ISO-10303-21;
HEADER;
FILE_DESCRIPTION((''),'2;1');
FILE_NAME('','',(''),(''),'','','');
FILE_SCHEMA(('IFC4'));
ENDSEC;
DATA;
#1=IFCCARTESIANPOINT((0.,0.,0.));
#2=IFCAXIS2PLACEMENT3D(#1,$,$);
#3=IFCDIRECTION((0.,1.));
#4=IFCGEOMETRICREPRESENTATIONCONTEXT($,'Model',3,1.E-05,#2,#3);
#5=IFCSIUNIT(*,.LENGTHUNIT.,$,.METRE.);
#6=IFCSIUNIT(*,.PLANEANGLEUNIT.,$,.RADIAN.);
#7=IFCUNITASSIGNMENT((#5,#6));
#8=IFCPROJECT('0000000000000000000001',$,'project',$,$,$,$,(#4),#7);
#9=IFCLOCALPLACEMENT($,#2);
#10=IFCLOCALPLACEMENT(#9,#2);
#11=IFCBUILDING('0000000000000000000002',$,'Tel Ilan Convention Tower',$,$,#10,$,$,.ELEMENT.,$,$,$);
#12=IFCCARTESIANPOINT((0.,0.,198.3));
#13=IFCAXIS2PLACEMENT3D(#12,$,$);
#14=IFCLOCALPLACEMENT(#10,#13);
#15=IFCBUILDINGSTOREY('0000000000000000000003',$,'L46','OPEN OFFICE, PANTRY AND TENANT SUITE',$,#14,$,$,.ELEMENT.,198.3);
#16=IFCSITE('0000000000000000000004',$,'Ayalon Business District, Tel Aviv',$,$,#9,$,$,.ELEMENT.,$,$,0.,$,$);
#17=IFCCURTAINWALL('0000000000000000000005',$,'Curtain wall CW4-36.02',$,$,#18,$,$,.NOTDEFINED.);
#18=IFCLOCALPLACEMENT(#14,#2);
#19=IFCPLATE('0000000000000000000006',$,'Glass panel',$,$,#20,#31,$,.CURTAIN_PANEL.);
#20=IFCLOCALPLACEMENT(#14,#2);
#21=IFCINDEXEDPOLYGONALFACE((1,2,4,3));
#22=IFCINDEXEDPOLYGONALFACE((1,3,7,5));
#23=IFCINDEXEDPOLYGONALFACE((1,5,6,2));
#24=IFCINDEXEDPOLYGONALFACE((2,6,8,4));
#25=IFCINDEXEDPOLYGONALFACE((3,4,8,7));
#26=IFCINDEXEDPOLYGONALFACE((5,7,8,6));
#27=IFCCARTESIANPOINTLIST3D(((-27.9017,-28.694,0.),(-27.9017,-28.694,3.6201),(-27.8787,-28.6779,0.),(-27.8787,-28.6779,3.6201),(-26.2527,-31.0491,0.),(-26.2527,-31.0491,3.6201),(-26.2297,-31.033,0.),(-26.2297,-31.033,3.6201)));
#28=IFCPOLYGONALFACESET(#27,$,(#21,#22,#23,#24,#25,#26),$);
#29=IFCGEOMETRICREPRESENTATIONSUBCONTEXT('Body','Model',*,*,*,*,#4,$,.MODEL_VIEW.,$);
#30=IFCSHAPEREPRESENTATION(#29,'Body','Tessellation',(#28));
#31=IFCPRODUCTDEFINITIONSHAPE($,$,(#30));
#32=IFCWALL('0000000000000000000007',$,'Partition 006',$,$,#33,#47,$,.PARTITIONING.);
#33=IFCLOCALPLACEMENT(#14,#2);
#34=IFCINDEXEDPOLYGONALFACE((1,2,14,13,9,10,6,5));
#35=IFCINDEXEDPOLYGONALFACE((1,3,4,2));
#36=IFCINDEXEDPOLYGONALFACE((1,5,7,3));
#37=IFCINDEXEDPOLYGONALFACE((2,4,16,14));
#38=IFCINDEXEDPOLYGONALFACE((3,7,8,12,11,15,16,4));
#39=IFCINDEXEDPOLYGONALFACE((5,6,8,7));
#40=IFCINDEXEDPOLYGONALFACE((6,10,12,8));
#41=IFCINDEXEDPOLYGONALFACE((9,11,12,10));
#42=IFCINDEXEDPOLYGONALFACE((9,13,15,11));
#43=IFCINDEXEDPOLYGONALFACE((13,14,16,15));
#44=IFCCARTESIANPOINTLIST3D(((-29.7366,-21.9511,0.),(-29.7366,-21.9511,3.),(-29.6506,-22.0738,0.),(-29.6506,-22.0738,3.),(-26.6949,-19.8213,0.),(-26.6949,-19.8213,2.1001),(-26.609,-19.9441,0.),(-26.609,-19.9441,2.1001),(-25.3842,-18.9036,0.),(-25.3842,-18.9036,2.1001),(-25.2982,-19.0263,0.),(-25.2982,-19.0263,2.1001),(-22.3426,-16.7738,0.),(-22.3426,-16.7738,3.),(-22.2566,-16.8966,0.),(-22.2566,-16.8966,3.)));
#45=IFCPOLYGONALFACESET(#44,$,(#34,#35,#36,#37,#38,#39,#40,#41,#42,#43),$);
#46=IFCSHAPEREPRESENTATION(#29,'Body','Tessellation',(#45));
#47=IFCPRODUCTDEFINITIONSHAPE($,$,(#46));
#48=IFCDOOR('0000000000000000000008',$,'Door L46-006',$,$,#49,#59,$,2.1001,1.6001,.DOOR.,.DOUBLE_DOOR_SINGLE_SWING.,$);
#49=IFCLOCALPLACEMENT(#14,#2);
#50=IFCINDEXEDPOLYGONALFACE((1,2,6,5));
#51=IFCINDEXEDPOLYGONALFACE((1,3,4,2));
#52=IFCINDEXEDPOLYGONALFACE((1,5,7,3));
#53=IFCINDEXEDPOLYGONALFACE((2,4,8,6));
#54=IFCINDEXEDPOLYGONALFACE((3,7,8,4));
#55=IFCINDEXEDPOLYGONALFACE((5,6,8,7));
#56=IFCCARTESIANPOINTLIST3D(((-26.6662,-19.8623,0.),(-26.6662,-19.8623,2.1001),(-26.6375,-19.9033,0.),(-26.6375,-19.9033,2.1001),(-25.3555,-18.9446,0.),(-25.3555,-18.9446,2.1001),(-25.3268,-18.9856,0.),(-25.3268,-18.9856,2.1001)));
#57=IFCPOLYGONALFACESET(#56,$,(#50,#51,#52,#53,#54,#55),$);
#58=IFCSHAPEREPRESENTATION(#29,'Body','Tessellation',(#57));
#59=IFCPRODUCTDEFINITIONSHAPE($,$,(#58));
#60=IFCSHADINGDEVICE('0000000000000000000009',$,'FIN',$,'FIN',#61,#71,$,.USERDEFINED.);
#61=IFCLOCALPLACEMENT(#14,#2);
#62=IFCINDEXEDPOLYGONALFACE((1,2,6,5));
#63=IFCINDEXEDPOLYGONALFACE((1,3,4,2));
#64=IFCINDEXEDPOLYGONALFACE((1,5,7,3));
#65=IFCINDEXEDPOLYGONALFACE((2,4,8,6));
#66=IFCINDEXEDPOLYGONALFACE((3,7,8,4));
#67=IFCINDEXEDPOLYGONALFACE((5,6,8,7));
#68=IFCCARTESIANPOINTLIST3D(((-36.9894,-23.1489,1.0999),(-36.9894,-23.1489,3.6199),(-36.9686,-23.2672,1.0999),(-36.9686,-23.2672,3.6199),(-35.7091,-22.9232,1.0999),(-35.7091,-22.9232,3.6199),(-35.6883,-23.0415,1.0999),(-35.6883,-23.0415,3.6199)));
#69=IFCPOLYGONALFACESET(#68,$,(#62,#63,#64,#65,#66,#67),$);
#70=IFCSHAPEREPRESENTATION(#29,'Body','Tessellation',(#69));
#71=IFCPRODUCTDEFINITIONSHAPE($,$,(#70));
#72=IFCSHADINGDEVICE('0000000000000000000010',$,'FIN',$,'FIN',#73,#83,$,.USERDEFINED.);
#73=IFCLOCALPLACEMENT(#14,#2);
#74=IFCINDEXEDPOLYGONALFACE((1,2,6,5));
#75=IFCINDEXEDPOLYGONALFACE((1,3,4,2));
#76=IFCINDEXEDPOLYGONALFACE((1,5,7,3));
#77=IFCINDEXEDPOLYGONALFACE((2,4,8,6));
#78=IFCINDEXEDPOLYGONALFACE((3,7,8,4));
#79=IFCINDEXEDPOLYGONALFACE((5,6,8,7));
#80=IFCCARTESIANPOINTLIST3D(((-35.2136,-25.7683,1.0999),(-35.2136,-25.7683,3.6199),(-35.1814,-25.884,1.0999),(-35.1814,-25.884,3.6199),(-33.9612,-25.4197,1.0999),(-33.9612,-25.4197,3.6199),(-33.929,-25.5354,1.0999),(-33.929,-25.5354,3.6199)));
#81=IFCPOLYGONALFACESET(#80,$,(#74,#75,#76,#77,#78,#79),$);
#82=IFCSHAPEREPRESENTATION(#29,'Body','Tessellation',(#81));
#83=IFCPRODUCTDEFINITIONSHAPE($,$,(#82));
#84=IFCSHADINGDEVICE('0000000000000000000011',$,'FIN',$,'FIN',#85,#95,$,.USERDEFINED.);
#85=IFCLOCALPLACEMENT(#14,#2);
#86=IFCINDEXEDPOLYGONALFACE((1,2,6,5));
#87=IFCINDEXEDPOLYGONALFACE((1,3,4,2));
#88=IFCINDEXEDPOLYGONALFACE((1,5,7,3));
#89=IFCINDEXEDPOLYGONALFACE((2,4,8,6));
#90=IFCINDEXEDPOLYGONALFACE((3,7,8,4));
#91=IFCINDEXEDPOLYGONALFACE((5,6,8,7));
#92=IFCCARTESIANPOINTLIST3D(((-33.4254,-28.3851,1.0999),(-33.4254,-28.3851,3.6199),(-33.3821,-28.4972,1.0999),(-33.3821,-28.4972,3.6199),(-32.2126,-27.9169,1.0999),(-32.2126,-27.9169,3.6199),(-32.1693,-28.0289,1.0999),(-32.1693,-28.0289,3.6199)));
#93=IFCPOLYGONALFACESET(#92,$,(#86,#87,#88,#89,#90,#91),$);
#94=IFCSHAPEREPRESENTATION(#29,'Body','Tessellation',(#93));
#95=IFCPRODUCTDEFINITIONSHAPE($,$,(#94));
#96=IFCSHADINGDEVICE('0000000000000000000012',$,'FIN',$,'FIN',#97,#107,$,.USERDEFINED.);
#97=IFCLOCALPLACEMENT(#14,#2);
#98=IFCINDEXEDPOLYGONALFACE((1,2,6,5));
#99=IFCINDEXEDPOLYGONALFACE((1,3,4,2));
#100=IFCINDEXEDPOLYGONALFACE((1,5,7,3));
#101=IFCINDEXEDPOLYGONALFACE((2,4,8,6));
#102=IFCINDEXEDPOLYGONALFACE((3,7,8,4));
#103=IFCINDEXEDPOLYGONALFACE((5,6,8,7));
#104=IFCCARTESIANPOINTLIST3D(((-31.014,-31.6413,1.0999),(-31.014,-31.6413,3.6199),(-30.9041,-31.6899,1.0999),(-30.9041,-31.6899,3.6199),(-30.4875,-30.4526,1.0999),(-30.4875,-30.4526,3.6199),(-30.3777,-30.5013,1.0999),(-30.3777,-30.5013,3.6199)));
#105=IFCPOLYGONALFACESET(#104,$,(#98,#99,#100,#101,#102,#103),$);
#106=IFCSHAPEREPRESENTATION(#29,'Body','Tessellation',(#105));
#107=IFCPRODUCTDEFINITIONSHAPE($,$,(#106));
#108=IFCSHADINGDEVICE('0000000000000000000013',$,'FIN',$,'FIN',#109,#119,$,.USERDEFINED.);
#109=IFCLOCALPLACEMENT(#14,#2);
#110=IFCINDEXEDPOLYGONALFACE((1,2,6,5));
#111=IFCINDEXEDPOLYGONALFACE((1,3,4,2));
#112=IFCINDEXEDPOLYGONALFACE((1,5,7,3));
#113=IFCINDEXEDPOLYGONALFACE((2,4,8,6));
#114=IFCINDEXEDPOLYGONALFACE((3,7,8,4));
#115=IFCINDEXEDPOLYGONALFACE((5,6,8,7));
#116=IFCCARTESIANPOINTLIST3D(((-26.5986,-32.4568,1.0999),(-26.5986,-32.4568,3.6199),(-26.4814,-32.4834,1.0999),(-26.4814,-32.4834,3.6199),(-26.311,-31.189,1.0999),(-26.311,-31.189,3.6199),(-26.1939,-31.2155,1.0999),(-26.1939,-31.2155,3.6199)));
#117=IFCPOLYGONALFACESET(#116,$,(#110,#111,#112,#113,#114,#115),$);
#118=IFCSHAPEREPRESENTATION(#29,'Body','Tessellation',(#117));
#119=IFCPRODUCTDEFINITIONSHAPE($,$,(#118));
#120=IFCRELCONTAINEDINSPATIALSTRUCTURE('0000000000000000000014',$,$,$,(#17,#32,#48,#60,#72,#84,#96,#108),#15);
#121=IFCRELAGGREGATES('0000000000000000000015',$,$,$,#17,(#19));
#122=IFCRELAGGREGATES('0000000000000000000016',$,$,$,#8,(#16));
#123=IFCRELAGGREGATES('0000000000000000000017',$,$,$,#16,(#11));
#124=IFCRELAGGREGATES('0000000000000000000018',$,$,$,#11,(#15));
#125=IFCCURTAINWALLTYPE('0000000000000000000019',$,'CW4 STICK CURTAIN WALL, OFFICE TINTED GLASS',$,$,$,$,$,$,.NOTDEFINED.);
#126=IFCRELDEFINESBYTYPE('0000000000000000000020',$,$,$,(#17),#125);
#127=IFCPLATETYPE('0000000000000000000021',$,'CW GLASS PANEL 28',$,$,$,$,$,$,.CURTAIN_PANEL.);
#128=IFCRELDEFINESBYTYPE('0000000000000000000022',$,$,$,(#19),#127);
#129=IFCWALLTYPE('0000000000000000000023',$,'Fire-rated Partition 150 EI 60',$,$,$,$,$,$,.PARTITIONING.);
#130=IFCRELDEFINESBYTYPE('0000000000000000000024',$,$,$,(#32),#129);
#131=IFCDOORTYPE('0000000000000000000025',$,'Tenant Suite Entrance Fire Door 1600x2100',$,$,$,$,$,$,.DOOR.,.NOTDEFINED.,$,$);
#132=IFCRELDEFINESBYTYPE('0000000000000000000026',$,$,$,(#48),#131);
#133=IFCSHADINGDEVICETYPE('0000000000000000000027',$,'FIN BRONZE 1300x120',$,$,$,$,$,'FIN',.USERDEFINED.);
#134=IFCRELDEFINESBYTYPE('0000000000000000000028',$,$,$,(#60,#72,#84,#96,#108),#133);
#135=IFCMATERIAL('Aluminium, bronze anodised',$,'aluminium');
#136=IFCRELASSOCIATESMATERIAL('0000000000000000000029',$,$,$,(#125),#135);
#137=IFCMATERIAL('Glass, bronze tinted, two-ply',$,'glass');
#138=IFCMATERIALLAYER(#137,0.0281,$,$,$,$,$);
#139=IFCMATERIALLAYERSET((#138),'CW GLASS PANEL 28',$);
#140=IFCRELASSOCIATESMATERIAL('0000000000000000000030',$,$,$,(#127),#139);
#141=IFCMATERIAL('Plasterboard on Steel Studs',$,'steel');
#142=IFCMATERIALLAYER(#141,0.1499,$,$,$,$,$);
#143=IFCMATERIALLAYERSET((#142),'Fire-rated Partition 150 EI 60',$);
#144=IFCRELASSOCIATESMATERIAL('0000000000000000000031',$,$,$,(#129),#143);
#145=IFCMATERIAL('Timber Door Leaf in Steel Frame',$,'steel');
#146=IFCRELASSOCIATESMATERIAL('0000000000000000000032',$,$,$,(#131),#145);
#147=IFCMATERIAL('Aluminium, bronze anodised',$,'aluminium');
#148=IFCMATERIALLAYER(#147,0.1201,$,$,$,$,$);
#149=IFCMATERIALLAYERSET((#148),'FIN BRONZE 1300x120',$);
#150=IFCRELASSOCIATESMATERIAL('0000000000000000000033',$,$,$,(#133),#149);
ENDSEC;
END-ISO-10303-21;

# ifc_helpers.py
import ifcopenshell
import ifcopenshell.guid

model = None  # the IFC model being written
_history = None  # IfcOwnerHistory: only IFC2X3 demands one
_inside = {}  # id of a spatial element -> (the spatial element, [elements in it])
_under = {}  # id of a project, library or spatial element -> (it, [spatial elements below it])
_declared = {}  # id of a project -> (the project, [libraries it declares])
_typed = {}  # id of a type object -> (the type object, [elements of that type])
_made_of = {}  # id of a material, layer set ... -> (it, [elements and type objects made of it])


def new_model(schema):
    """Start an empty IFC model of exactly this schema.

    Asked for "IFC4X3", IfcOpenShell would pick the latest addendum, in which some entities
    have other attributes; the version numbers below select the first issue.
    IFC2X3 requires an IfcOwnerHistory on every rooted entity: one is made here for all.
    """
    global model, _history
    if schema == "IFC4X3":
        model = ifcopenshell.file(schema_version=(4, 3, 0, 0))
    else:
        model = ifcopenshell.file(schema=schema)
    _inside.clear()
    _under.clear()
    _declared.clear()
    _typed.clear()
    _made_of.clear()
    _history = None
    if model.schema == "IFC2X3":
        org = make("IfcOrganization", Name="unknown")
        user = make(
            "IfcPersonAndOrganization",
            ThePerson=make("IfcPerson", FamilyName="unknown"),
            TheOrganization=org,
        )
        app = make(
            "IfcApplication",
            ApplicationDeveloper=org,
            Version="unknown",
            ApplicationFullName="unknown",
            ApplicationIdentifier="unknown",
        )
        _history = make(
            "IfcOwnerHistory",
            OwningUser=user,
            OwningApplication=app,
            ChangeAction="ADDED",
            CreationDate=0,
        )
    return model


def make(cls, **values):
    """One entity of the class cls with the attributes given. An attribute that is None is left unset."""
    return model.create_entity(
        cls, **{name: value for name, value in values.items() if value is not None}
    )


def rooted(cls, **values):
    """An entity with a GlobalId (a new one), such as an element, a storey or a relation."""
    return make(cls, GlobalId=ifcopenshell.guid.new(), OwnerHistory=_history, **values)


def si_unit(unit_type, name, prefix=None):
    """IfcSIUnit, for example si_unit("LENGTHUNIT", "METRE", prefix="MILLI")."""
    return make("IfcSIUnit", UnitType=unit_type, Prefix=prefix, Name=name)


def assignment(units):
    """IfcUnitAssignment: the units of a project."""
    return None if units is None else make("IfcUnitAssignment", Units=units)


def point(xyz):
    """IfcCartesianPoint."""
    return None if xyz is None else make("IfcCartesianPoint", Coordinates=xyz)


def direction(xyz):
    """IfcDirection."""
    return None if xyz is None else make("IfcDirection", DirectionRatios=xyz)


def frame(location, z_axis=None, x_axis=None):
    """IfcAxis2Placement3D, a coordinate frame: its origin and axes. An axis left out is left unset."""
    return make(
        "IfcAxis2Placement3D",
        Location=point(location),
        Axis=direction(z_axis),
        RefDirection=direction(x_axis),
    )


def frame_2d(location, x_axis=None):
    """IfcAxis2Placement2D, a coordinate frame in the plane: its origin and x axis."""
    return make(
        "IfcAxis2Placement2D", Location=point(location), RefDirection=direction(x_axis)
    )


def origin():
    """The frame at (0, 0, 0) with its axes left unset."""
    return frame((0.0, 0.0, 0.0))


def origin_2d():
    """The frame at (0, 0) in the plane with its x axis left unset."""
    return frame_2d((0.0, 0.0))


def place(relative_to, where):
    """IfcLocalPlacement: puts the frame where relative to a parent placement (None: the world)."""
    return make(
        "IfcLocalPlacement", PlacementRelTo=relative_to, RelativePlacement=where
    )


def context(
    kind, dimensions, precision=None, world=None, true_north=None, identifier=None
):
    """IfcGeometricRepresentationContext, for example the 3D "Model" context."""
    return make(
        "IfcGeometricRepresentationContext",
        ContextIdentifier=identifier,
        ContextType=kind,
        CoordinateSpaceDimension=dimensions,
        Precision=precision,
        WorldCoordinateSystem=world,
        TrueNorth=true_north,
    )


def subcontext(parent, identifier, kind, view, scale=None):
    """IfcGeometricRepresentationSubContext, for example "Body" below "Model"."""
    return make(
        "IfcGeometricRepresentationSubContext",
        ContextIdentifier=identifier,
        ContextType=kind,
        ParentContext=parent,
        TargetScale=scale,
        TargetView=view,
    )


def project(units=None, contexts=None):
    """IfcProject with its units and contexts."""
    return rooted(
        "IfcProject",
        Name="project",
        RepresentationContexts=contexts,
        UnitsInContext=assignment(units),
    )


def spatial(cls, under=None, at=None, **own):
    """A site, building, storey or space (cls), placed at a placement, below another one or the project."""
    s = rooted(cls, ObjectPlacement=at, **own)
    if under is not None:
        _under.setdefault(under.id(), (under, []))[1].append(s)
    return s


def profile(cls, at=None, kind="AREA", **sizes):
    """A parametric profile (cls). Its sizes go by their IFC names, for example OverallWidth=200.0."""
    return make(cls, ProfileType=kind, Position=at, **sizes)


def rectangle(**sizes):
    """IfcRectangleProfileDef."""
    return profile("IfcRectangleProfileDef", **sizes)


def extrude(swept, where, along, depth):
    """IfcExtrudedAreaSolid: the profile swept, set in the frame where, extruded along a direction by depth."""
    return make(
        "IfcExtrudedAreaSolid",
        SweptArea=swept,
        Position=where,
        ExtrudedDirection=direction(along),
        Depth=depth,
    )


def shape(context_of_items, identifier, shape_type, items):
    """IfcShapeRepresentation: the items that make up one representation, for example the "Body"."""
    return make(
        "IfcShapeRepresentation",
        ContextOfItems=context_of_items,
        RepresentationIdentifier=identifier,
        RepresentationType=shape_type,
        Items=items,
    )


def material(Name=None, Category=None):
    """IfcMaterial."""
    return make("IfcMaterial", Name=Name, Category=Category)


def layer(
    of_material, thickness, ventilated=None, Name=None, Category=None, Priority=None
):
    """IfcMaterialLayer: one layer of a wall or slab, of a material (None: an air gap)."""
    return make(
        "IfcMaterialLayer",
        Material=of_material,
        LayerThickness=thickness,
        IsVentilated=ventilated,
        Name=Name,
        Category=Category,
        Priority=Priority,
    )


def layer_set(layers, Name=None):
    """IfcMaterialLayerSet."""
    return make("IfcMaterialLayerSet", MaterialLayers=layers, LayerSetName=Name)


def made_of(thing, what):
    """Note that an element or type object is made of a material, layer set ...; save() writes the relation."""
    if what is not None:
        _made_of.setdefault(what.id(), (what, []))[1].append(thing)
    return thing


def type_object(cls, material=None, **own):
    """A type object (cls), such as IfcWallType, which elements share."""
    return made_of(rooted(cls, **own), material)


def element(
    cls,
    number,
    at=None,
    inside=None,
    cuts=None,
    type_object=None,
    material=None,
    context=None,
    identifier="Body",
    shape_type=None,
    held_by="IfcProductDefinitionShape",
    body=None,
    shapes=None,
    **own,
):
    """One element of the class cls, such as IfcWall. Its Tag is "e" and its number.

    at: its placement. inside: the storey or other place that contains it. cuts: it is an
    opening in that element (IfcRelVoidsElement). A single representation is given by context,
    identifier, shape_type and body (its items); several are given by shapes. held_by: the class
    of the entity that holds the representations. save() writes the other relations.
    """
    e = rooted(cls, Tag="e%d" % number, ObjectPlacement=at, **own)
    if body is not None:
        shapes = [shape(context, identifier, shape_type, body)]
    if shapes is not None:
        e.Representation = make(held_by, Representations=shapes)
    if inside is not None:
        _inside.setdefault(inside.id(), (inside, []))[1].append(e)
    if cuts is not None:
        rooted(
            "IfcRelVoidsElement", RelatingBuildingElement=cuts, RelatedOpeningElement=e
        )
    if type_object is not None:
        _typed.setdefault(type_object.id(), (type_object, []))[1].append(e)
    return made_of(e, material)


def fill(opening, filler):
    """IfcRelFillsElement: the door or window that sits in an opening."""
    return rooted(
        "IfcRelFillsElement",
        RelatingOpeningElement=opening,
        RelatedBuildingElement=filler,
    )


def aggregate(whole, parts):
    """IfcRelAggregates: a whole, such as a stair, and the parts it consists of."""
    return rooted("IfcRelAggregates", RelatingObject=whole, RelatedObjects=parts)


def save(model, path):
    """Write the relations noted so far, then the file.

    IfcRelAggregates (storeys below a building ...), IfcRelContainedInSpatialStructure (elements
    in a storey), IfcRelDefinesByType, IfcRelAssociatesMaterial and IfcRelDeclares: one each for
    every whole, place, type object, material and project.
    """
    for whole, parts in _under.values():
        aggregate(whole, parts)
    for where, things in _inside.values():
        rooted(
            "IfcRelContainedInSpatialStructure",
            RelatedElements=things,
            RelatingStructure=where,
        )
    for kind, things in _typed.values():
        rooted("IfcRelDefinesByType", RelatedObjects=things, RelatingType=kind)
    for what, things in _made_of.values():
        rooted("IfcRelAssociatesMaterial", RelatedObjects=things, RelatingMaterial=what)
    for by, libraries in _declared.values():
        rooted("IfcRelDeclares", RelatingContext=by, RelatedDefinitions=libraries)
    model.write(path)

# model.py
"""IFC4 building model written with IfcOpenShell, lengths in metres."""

from ifc_helpers import new_model, si_unit, direction, frame, frame_2d, origin, origin_2d, place, context, subcontext, project, spatial, rectangle, extrude, material, layer, layer_set, type_object, element, fill, aggregate, save


model = new_model("IFC4")

# Units and contexts
model_context = context("Model", 3, precision=1e-05, world=origin(), true_north=direction((0.0, 1.0)))
body_context = subcontext(model_context, "Body", "Model", "MODEL_VIEW")
ifc_project = project(units=[si_unit("LENGTHUNIT", "METRE"), si_unit("PLANEANGLEUNIT", "RADIAN")], contexts=[model_context])

# Site, building, storey
site_placement = place(None, origin())
site = spatial("IfcSite", under=ifc_project, at=site_placement, Name="Ayalon Business District, Tel Aviv", CompositionType="ELEMENT", RefElevation=0.0)
building_placement = place(site_placement, origin())
building = spatial("IfcBuilding", under=site, at=building_placement, Name="Tel Ilan Convention Tower", CompositionType="ELEMENT")
storey_placement = place(building_placement, frame((0.0, 0.0, 198.3)))
storey = spatial("IfcBuildingStorey", under=building, at=storey_placement, Name="L46", Description="OPEN OFFICE, PANTRY AND TENANT SUITE", CompositionType="ELEMENT", Elevation=198.3)

# Curtain wall, plate
ifc_material_1 = material(Name="Aluminium, bronze anodised", Category="aluminium")
curtain_wall_type = type_object("IfcCurtainWallType", Name="CW4 STICK CURTAIN WALL, OFFICE TINTED GLASS", PredefinedType="NOTDEFINED", material=ifc_material_1)
curtain_wall_placement = place(storey_placement, origin())
curtain_wall = element("IfcCurtainWall", 1, at=curtain_wall_placement, inside=storey, type_object=curtain_wall_type, Name="Curtain wall CW4-36.02", PredefinedType="NOTDEFINED")
ifc_material_2 = material(Name="Glass, bronze tinted, two-ply", Category="glass")
ifc_layer_1 = layer(ifc_material_2, 0.0281)
ifc_layer_set_1 = layer_set([ifc_layer_1], Name="CW GLASS PANEL 28")
plate_type = type_object("IfcPlateType", Name="CW GLASS PANEL 28", PredefinedType="CURTAIN_PANEL", material=ifc_layer_set_1)
plate_1_placement = place(storey_placement, frame((-27.0657, -29.8635, 0.0), z_axis=(0.0, 0.0, 1.0), x_axis=(0.573576, -0.819152, 0.0)))
plate_1 = element("IfcPlate", 2, at=plate_1_placement, type_object=plate_type, Name="Glass panel", PredefinedType="CURTAIN_PANEL", context=body_context, shape_type="SweptSolid", body=[
    extrude(rectangle(XDim=2.875, YDim=0.0281, at=origin_2d()), origin(), (0.0, 0.0, 1.0), 3.6201),
])
aggregate(curtain_wall, [plate_1])

# Wall, opening, door
ifc_material_3 = material(Name="Plasterboard on Steel Studs", Category="steel")
ifc_layer_2 = layer(ifc_material_3, 0.1499)
ifc_layer_set_2 = layer_set([ifc_layer_2], Name="Fire-rated Partition 150 EI 60")
wall_type = type_object("IfcWallType", Name="Fire-rated Partition 150 EI 60", PredefinedType="PARTITIONING", material=ifc_layer_set_2)
wall_placement = place(storey_placement, frame((-29.6936, -22.0125, 0.0), z_axis=(0.0, 0.0, 1.0), x_axis=(0.819158, 0.573568, 0.0)))
wall = element("IfcWall", 3, at=wall_placement, inside=storey, type_object=wall_type, Name="Partition 006", PredefinedType="PARTITIONING", context=body_context, shape_type="SweptSolid", body=[
    extrude(rectangle(XDim=9.0264, YDim=0.1499, at=frame_2d((4.5132, 0.0))), origin(), (0.0, 0.0, 1.0), 3.0),
])
opening_placement = place(wall_placement, frame((3.7131, 0.0, 0.0)))
opening = element("IfcOpeningElement", 4, at=opening_placement, cuts=wall, PredefinedType="OPENING", context=body_context, shape_type="SweptSolid", body=[
    extrude(rectangle(XDim=1.6001, YDim=2.1001, at=frame_2d((0.8, 1.05))), frame((0.0, 0.085, 0.0), z_axis=(0.0, -1.0, 0.0), x_axis=(1.0, 0.0, 0.0)), (0.0, 0.0, 1.0), 0.1699),
])
ifc_material_4 = material(Name="Timber Door Leaf in Steel Frame", Category="steel")
door_type = type_object("IfcDoorType", Name="Tenant Suite Entrance Fire Door 1600x2100", OperationType="NOTDEFINED", PredefinedType="DOOR", material=ifc_material_4)
door_placement = place(opening_placement, origin())
door = element("IfcDoor", 5, at=door_placement, inside=storey, type_object=door_type, Name="Door L46-006", OperationType="DOUBLE_DOOR_SINGLE_SWING", OverallHeight=2.1001, OverallWidth=1.6001, PredefinedType="DOOR", context=body_context, shape_type="SweptSolid", body=[
    extrude(rectangle(XDim=1.6001, YDim=2.1001, at=frame_2d((0.8, 1.05))), frame((0.0, 0.0249, 0.0), z_axis=(0.0, -1.0, 0.0), x_axis=(1.0, 0.0, 0.0)), (0.0, 0.0, 1.0), 0.05),
])
fill(opening, door)

# Shading devices
ifc_material_5 = material(Name="Aluminium, bronze anodised", Category="aluminium")
ifc_layer_3 = layer(ifc_material_5, 0.1201)
ifc_layer_set_3 = layer_set([ifc_layer_3], Name="FIN BRONZE 1300x120")
shading_device_type = type_object("IfcShadingDeviceType", Name="FIN BRONZE 1300x120", ElementType="FIN", PredefinedType="USERDEFINED", material=ifc_layer_set_3)
for number, where, z_axis, x_axis, name in (
    (6, (-36.3389, -23.0952, 1.0999), (0.0, 0.0, 1.0), (-0.984808, -0.173648, 0.0), "FIN"),
    (7, (-34.5713, -25.6519, 1.0999), (0.0, 0.0, 1.0), (-0.963371, -0.268173, 0.0), "FIN"),
    (8, (-32.7974, -28.207, 1.0999), (0.0, 0.0, 1.0), (-0.932884, -0.360178, 0.0), "FIN"),
    (9, (-30.6958, -31.0713, 1.0999), (0.0, 0.0, 1.0), (-0.404964, -0.914333, 0.0), "FIN"),
    (10, (-26.3962, -31.8362, 1.0999), (0.0, 0.0, 1.0), (-0.22117, -0.975235, 0.0), "FIN"),
):
    element("IfcShadingDevice", number, at=place(storey_placement, frame(where, z_axis=z_axis, x_axis=x_axis)), inside=storey, type_object=shading_device_type, Name=name, ObjectType="FIN", PredefinedType="USERDEFINED", context=body_context, shape_type="SweptSolid", body=[
        extrude(rectangle(XDim=1.3, YDim=0.1201, at=origin_2d()), origin(), (0.0, 0.0, 1.0), 2.52),
    ])

save(model, "model.ifc")
